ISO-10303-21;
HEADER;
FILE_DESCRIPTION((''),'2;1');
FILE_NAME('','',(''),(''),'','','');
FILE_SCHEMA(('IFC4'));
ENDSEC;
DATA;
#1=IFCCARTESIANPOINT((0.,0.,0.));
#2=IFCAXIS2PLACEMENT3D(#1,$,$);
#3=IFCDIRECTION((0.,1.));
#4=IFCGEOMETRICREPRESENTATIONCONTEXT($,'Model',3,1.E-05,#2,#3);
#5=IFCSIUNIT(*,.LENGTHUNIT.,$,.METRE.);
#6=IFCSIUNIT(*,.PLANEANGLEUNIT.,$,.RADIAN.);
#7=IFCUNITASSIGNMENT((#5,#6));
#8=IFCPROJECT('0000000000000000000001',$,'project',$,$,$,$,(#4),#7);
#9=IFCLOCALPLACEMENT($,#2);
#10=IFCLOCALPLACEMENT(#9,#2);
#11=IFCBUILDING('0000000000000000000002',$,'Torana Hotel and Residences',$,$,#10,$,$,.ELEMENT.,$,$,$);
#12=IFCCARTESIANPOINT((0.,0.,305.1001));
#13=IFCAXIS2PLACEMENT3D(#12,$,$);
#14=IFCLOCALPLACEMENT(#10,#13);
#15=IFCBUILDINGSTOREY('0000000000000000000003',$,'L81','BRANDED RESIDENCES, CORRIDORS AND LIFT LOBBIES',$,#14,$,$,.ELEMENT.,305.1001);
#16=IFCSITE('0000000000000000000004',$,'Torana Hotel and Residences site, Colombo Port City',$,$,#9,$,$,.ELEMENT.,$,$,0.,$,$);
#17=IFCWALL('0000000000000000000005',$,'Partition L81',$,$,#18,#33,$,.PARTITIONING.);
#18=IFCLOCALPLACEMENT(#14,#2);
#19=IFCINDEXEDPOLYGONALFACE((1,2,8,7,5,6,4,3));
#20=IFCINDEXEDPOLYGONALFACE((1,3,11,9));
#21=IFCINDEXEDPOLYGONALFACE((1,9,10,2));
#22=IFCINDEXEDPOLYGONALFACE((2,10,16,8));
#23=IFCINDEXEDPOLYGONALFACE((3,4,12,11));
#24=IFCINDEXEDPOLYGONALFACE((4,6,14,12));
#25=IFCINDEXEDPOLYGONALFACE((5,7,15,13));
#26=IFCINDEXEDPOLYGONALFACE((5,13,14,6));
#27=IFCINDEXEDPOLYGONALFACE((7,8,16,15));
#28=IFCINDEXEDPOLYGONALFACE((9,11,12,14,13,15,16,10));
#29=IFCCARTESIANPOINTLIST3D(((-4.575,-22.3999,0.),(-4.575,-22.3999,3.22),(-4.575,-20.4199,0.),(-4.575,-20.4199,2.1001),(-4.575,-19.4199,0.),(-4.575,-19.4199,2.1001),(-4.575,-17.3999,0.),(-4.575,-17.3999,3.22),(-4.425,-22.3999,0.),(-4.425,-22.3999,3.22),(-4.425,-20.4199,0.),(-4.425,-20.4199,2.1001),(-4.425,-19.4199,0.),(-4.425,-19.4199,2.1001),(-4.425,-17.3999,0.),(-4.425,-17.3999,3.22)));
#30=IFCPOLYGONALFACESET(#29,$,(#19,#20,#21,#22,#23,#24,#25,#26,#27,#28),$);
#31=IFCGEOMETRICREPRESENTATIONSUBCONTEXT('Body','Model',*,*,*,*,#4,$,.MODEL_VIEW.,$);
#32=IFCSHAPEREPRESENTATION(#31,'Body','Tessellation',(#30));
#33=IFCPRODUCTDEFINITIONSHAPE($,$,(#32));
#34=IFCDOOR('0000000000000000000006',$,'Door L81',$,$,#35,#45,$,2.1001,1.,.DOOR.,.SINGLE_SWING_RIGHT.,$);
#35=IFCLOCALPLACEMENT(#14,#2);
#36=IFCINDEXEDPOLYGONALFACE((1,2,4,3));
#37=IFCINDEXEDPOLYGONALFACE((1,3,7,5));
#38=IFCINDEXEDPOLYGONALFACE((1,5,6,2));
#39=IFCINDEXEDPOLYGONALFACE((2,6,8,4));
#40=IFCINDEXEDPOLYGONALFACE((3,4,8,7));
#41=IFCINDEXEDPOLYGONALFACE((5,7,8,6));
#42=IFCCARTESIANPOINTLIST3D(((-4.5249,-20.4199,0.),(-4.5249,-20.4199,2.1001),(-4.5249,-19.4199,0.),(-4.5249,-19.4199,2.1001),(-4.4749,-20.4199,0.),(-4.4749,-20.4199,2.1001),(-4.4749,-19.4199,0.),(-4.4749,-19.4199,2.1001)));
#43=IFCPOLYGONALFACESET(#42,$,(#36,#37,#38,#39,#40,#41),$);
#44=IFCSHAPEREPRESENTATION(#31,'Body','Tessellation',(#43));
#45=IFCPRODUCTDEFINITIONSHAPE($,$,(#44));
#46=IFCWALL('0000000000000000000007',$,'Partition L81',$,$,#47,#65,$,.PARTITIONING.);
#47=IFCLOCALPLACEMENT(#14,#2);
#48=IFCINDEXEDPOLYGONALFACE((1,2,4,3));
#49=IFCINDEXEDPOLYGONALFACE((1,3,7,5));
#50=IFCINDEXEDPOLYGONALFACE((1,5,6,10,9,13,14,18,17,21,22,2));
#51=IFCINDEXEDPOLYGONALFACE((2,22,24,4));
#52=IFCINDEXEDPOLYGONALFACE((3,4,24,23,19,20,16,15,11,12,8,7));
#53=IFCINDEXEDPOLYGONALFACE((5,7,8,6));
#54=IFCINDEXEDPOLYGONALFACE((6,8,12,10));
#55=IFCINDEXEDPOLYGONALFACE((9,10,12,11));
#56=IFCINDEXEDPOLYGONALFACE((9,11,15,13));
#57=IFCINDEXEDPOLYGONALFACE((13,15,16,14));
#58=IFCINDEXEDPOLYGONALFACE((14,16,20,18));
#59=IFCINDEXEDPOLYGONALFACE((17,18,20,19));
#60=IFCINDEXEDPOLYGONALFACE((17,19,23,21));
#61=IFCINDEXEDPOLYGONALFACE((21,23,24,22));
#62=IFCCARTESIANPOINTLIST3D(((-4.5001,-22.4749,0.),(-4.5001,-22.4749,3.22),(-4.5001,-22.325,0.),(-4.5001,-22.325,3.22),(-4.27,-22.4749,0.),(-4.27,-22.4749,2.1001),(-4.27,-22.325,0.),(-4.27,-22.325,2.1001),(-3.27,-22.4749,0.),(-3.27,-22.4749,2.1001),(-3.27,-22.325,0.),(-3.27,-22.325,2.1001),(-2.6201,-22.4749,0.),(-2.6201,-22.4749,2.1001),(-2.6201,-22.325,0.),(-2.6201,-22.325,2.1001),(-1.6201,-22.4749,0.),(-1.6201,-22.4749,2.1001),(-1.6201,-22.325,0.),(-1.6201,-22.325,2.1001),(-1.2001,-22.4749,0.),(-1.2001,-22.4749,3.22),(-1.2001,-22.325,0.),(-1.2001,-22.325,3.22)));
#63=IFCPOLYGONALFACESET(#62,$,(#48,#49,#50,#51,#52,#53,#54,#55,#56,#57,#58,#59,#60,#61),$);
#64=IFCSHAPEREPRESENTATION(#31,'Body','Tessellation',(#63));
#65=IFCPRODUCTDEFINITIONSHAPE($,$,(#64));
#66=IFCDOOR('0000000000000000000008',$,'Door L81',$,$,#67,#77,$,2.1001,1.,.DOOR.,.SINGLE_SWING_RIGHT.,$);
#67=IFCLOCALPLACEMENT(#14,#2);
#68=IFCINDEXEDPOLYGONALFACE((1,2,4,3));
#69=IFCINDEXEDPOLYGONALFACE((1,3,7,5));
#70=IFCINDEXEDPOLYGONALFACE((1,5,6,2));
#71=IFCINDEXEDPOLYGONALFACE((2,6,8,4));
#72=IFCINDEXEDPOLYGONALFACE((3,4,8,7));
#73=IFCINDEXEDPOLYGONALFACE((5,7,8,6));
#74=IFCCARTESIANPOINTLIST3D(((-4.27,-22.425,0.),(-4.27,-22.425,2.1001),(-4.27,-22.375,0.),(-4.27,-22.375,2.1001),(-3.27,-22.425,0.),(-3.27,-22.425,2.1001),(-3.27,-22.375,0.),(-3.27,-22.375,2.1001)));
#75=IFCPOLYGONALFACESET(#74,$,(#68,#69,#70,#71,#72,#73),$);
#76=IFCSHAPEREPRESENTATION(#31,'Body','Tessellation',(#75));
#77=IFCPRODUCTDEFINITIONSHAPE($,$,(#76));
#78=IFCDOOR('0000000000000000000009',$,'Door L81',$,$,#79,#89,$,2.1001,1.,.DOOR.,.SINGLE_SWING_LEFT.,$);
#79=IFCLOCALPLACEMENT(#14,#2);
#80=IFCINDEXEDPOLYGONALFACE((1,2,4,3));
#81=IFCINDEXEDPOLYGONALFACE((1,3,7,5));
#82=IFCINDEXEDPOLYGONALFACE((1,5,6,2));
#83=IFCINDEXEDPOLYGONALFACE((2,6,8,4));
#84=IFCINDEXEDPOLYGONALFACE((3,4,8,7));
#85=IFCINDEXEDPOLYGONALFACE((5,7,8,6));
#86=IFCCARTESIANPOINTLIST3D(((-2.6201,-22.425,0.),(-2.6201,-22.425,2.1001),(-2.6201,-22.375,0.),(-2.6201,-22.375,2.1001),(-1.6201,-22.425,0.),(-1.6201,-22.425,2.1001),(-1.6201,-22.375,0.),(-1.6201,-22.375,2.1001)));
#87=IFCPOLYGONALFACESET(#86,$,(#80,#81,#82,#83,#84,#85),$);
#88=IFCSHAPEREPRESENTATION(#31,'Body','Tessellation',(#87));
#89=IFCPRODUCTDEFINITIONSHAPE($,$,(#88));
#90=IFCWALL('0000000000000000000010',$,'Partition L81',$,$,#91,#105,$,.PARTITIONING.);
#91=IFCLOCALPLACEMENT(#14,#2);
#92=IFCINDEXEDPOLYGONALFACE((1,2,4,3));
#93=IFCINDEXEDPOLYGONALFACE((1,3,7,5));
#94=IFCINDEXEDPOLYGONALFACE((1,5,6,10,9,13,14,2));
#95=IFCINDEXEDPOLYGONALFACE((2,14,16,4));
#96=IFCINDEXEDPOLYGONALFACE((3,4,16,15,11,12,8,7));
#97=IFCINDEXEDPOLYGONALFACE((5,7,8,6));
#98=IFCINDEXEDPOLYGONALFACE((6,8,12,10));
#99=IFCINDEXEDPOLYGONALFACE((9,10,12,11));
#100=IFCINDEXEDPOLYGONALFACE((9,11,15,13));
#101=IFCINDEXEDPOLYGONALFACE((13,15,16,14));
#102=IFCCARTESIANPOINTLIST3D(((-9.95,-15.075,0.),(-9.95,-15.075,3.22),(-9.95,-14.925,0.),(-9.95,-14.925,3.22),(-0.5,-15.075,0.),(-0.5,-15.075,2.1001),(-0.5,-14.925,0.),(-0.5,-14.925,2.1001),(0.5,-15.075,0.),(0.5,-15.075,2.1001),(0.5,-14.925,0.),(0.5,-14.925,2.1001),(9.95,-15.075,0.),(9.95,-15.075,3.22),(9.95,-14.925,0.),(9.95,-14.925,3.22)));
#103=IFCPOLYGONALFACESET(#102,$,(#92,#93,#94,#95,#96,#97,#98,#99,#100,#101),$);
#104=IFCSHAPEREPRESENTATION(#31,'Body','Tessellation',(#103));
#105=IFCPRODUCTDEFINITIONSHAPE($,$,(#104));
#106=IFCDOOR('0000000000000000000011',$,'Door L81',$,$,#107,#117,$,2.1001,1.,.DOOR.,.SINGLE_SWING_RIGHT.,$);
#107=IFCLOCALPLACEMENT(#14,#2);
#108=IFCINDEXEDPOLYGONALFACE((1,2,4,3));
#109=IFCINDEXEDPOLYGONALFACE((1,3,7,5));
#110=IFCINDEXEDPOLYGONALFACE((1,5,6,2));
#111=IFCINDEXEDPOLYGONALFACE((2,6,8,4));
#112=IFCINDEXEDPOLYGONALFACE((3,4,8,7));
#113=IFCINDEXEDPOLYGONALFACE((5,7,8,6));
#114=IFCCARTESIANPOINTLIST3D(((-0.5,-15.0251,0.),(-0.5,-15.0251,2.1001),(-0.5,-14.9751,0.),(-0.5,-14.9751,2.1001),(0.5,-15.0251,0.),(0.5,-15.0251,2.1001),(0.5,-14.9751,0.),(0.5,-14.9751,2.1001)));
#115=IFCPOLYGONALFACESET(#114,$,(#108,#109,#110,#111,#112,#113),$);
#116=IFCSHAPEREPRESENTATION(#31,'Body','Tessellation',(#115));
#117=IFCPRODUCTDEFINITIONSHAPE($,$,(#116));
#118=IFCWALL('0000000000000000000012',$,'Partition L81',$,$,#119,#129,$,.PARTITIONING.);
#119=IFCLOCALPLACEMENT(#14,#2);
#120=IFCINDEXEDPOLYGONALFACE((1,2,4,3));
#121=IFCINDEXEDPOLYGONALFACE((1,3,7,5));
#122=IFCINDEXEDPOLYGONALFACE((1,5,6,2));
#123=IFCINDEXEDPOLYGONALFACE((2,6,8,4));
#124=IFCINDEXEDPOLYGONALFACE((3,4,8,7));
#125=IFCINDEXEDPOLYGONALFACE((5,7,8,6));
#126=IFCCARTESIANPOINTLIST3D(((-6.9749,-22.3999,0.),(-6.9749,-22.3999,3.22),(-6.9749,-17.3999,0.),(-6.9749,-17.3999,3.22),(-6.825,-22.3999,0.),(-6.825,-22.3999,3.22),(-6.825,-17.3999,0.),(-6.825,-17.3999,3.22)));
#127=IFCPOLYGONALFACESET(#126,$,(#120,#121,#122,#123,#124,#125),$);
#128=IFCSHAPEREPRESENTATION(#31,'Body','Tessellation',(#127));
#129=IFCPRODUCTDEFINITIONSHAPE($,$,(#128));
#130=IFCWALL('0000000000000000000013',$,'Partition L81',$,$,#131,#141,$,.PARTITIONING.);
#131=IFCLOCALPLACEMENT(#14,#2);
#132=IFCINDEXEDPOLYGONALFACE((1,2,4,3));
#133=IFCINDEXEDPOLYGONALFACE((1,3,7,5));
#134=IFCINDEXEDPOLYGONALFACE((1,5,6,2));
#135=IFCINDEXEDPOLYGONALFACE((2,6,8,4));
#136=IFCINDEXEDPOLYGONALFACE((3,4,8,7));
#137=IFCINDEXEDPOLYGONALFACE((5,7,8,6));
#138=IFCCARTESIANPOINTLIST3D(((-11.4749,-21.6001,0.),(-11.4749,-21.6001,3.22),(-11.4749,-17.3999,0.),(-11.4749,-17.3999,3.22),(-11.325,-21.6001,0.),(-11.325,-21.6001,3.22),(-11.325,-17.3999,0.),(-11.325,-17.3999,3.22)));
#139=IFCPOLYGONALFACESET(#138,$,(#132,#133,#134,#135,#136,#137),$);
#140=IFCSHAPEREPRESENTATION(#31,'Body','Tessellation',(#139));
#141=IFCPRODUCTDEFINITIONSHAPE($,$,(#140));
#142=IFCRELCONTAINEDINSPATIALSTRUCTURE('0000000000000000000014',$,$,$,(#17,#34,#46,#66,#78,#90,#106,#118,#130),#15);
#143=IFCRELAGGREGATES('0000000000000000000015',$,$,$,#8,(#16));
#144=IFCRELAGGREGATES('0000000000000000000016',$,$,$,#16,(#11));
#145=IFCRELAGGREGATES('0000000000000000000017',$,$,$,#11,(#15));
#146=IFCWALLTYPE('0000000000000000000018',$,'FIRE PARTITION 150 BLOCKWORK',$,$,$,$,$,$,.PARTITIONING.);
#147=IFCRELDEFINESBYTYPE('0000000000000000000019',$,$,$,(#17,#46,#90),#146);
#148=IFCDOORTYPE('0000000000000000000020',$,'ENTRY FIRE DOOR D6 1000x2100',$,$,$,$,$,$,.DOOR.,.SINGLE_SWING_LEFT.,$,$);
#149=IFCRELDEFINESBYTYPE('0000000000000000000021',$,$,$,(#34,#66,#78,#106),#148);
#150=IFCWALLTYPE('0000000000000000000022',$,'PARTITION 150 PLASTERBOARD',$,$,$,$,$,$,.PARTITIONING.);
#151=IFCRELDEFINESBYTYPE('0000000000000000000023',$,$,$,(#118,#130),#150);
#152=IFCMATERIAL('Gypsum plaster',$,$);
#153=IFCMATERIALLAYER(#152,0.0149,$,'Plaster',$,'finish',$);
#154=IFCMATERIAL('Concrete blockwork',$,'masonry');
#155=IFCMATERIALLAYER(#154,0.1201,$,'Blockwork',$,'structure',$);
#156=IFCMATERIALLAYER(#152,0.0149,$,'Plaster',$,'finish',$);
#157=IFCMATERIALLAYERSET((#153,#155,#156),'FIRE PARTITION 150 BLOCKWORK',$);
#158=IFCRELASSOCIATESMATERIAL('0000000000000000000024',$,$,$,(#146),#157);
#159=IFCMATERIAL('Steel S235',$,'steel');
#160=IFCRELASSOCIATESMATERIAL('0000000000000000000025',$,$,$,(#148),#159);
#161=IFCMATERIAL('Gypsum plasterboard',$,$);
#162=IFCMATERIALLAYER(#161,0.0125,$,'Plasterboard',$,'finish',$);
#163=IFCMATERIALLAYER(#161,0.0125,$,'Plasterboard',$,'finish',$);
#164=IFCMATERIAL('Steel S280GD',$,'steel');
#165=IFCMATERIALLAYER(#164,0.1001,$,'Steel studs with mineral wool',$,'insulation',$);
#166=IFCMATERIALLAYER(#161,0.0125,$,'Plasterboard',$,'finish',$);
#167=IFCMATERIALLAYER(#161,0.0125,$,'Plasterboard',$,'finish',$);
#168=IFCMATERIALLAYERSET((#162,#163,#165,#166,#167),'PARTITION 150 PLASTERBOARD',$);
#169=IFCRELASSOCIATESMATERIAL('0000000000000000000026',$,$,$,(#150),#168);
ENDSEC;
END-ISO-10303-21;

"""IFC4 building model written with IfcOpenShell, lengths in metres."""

from ifc_helpers import new_model, si_unit, direction, frame, frame_2d, origin, place, context, subcontext, project, spatial, rectangle, extrude, material, layer, layer_set, type_object, element, fill, save


model = new_model("IFC4")

# Units and contexts
model_context = context("Model", 3, precision=1e-05, world=origin(), true_north=direction((0.0, 1.0)))
body_context = subcontext(model_context, "Body", "Model", "MODEL_VIEW")
ifc_project = project(units=[si_unit("LENGTHUNIT", "METRE"), si_unit("PLANEANGLEUNIT", "RADIAN")], contexts=[model_context])

# Site, building, storey
site_placement = place(None, origin())
site = spatial("IfcSite", under=ifc_project, at=site_placement, Name="Torana Hotel and Residences site, Colombo Port City", CompositionType="ELEMENT", RefElevation=0.0)
building_placement = place(site_placement, origin())
building = spatial("IfcBuilding", under=site, at=building_placement, Name="Torana Hotel and Residences", CompositionType="ELEMENT")
storey_placement = place(building_placement, frame((0.0, 0.0, 305.1001)))
storey = spatial("IfcBuildingStorey", under=building, at=storey_placement, Name="L81", Description="BRANDED RESIDENCES, CORRIDORS AND LIFT LOBBIES", CompositionType="ELEMENT", Elevation=305.1001)

# Shared definitions
ifc_material_1 = material(Name="Gypsum plaster")
ifc_layer_1 = layer(ifc_material_1, 0.0149, Name="Plaster", Category="finish")
ifc_material_2 = material(Name="Concrete blockwork", Category="masonry")
ifc_layer_2 = layer(ifc_material_2, 0.1201, Name="Blockwork", Category="structure")
ifc_layer_3 = layer(ifc_material_1, 0.0149, Name="Plaster", Category="finish")
ifc_layer_set_1 = layer_set([ifc_layer_1, ifc_layer_2, ifc_layer_3], Name="FIRE PARTITION 150 BLOCKWORK")
wall_type_1 = type_object("IfcWallType", Name="FIRE PARTITION 150 BLOCKWORK", PredefinedType="PARTITIONING", material=ifc_layer_set_1)
ifc_material_3 = material(Name="Steel S235", Category="steel")
door_type_1 = type_object("IfcDoorType", Name="ENTRY FIRE DOOR D6 1000x2100", OperationType="SINGLE_SWING_LEFT", PredefinedType="DOOR", material=ifc_material_3)

# Wall, opening, door
wall_1_placement = place(storey_placement, frame((-4.5, -22.3999, 0.0), z_axis=(0.0, 0.0, 1.0), x_axis=(0.0, 1.0, 0.0)))
wall_1 = element("IfcWall", 1, at=wall_1_placement, inside=storey, type_object=wall_type_1, Name="Partition L81", PredefinedType="PARTITIONING", context=body_context, shape_type="SweptSolid", body=[
    extrude(rectangle(XDim=5.0, YDim=0.1499, at=frame_2d((2.5, 0.0))), origin(), (0.0, 0.0, 1.0), 3.22),
])
opening_1_placement = place(wall_1_placement, frame((1.98, 0.0, 0.0)))
opening_1 = element("IfcOpeningElement", 2, at=opening_1_placement, cuts=wall_1, PredefinedType="OPENING", context=body_context, shape_type="SweptSolid", body=[
    extrude(rectangle(XDim=1.0, YDim=2.1001, at=frame_2d((0.5, 1.05))), frame((0.0, 0.085, 0.0), z_axis=(0.0, -1.0, 0.0), x_axis=(1.0, 0.0, 0.0)), (0.0, 0.0, 1.0), 0.1699),
])
door_1_placement = place(opening_1_placement, origin())
door_1 = element("IfcDoor", 3, at=door_1_placement, inside=storey, type_object=door_type_1, Name="Door L81", OperationType="SINGLE_SWING_RIGHT", OverallHeight=2.1001, OverallWidth=1.0, PredefinedType="DOOR", context=body_context, shape_type="SweptSolid", body=[
    extrude(rectangle(XDim=1.0, YDim=2.1001, at=frame_2d((0.5, 1.05))), frame((0.0, 0.0249, 0.0), z_axis=(0.0, -1.0, 0.0), x_axis=(1.0, 0.0, 0.0)), (0.0, 0.0, 1.0), 0.05),
])
fill(opening_1, door_1)

# Wall, openings, doors
wall_2_placement = place(storey_placement, frame((-4.5, -22.3999, 0.0), z_axis=(0.0, 0.0, 1.0), x_axis=(1.0, 0.0, 0.0)))
wall_2 = element("IfcWall", 4, at=wall_2_placement, inside=storey, type_object=wall_type_1, Name="Partition L81", PredefinedType="PARTITIONING", context=body_context, shape_type="SweptSolid", body=[
    extrude(rectangle(XDim=3.3, YDim=0.1499, at=frame_2d((1.6499, 0.0))), origin(), (0.0, 0.0, 1.0), 3.22),
])
opening_2_placement = place(wall_2_placement, frame((0.23, 0.0, 0.0)))
opening_2 = element("IfcOpeningElement", 5, at=opening_2_placement, cuts=wall_2, PredefinedType="OPENING", context=body_context, shape_type="SweptSolid", body=[
    extrude(rectangle(XDim=1.0, YDim=2.1001, at=frame_2d((0.5, 1.05))), frame((0.0, 0.085, 0.0), z_axis=(0.0, -1.0, 0.0), x_axis=(1.0, 0.0, 0.0)), (0.0, 0.0, 1.0), 0.1699),
])
opening_3_placement = place(wall_2_placement, frame((1.8799, 0.0, 0.0)))
opening_3 = element("IfcOpeningElement", 6, at=opening_3_placement, cuts=wall_2, PredefinedType="OPENING", context=body_context, shape_type="SweptSolid", body=[
    extrude(rectangle(XDim=1.0, YDim=2.1001, at=frame_2d((0.5, 1.05))), frame((0.0, 0.085, 0.0), z_axis=(0.0, -1.0, 0.0), x_axis=(1.0, 0.0, 0.0)), (0.0, 0.0, 1.0), 0.1699),
])
door_2_placement = place(opening_2_placement, frame((0.5, 0.0, 0.0), z_axis=(0.0, 0.0, 1.0), x_axis=(-1.0, 0.0, 0.0)))
door_2 = element("IfcDoor", 7, at=door_2_placement, inside=storey, type_object=door_type_1, Name="Door L81", OperationType="SINGLE_SWING_RIGHT", OverallHeight=2.1001, OverallWidth=1.0, PredefinedType="DOOR", context=body_context, shape_type="SweptSolid", body=[
    extrude(rectangle(XDim=1.0, YDim=2.1001, at=frame_2d((0.0, 1.05))), frame((0.0, -0.0249, 0.0), z_axis=(0.0, 1.0, 0.0), x_axis=(-1.0, 0.0, 0.0)), (0.0, 0.0, 1.0), 0.05),
])
fill(opening_2, door_2)
door_3_placement = place(opening_3_placement, frame((0.5, 0.0, 0.0), z_axis=(0.0, 0.0, 1.0), x_axis=(-1.0, 0.0, 0.0)))
door_3 = element("IfcDoor", 8, at=door_3_placement, inside=storey, type_object=door_type_1, Name="Door L81", OperationType="SINGLE_SWING_LEFT", OverallHeight=2.1001, OverallWidth=1.0, PredefinedType="DOOR", context=body_context, shape_type="SweptSolid", body=[
    extrude(rectangle(XDim=1.0, YDim=2.1001, at=frame_2d((0.0, 1.05))), frame((0.0, -0.0249, 0.0), z_axis=(0.0, 1.0, 0.0), x_axis=(-1.0, 0.0, 0.0)), (0.0, 0.0, 1.0), 0.05),
])
fill(opening_3, door_3)

# Wall, opening, door
wall_3_placement = place(storey_placement, frame((-9.95, -15.0, 0.0), z_axis=(0.0, 0.0, 1.0), x_axis=(1.0, 0.0, 0.0)))
wall_3 = element("IfcWall", 9, at=wall_3_placement, inside=storey, type_object=wall_type_1, Name="Partition L81", PredefinedType="PARTITIONING", context=body_context, shape_type="SweptSolid", body=[
    extrude(rectangle(XDim=19.8999, YDim=0.1499, at=frame_2d((9.95, 0.0))), origin(), (0.0, 0.0, 1.0), 3.22),
])
opening_4_placement = place(wall_3_placement, frame((9.45, 0.0, 0.0)))
opening_4 = element("IfcOpeningElement", 10, at=opening_4_placement, cuts=wall_3, PredefinedType="OPENING", context=body_context, shape_type="SweptSolid", body=[
    extrude(rectangle(XDim=1.0, YDim=2.1001, at=frame_2d((0.5, 1.05))), frame((0.0, 0.085, 0.0), z_axis=(0.0, -1.0, 0.0), x_axis=(1.0, 0.0, 0.0)), (0.0, 0.0, 1.0), 0.1699),
])
door_4_placement = place(opening_4_placement, origin())
door_4 = element("IfcDoor", 11, at=door_4_placement, inside=storey, type_object=door_type_1, Name="Door L81", OperationType="SINGLE_SWING_RIGHT", OverallHeight=2.1001, OverallWidth=1.0, PredefinedType="DOOR", context=body_context, shape_type="SweptSolid", body=[
    extrude(rectangle(XDim=1.0, YDim=2.1001, at=frame_2d((0.5, 1.05))), frame((0.0, 0.0249, 0.0), z_axis=(0.0, -1.0, 0.0), x_axis=(1.0, 0.0, 0.0)), (0.0, 0.0, 1.0), 0.05),
])
fill(opening_4, door_4)

# Walls
ifc_material_4 = material(Name="Gypsum plasterboard")
ifc_layer_4 = layer(ifc_material_4, 0.0125, Name="Plasterboard", Category="finish")
ifc_layer_5 = layer(ifc_material_4, 0.0125, Name="Plasterboard", Category="finish")
ifc_material_5 = material(Name="Steel S280GD", Category="steel")
ifc_layer_6 = layer(ifc_material_5, 0.1001, Name="Steel studs with mineral wool", Category="insulation")
ifc_layer_7 = layer(ifc_material_4, 0.0125, Name="Plasterboard", Category="finish")
ifc_layer_8 = layer(ifc_material_4, 0.0125, Name="Plasterboard", Category="finish")
ifc_layer_set_2 = layer_set([ifc_layer_4, ifc_layer_5, ifc_layer_6, ifc_layer_7, ifc_layer_8], Name="PARTITION 150 PLASTERBOARD")
wall_type_2 = type_object("IfcWallType", Name="PARTITION 150 PLASTERBOARD", PredefinedType="PARTITIONING", material=ifc_layer_set_2)
wall_4_placement = place(storey_placement, frame((-6.8999, -22.3999, 0.0), z_axis=(0.0, 0.0, 1.0), x_axis=(0.0, 1.0, 0.0)))
element("IfcWall", 12, at=wall_4_placement, inside=storey, type_object=wall_type_2, Name="Partition L81", PredefinedType="PARTITIONING", context=body_context, shape_type="SweptSolid", body=[
    extrude(rectangle(XDim=5.0, YDim=0.1499, at=frame_2d((2.5, 0.0))), origin(), (0.0, 0.0, 1.0), 3.22),
])
wall_5_placement = place(storey_placement, frame((-11.3999, -21.6001, 0.0), z_axis=(0.0, 0.0, 1.0), x_axis=(0.0, 1.0, 0.0)))
element("IfcWall", 13, at=wall_5_placement, inside=storey, type_object=wall_type_2, Name="Partition L81", PredefinedType="PARTITIONING", context=body_context, shape_type="SweptSolid", body=[
    extrude(rectangle(XDim=4.2002, YDim=0.1499, at=frame_2d((2.1001, 0.0))), origin(), (0.0, 0.0, 1.0), 3.22),
])

save(model, "model.ifc")
